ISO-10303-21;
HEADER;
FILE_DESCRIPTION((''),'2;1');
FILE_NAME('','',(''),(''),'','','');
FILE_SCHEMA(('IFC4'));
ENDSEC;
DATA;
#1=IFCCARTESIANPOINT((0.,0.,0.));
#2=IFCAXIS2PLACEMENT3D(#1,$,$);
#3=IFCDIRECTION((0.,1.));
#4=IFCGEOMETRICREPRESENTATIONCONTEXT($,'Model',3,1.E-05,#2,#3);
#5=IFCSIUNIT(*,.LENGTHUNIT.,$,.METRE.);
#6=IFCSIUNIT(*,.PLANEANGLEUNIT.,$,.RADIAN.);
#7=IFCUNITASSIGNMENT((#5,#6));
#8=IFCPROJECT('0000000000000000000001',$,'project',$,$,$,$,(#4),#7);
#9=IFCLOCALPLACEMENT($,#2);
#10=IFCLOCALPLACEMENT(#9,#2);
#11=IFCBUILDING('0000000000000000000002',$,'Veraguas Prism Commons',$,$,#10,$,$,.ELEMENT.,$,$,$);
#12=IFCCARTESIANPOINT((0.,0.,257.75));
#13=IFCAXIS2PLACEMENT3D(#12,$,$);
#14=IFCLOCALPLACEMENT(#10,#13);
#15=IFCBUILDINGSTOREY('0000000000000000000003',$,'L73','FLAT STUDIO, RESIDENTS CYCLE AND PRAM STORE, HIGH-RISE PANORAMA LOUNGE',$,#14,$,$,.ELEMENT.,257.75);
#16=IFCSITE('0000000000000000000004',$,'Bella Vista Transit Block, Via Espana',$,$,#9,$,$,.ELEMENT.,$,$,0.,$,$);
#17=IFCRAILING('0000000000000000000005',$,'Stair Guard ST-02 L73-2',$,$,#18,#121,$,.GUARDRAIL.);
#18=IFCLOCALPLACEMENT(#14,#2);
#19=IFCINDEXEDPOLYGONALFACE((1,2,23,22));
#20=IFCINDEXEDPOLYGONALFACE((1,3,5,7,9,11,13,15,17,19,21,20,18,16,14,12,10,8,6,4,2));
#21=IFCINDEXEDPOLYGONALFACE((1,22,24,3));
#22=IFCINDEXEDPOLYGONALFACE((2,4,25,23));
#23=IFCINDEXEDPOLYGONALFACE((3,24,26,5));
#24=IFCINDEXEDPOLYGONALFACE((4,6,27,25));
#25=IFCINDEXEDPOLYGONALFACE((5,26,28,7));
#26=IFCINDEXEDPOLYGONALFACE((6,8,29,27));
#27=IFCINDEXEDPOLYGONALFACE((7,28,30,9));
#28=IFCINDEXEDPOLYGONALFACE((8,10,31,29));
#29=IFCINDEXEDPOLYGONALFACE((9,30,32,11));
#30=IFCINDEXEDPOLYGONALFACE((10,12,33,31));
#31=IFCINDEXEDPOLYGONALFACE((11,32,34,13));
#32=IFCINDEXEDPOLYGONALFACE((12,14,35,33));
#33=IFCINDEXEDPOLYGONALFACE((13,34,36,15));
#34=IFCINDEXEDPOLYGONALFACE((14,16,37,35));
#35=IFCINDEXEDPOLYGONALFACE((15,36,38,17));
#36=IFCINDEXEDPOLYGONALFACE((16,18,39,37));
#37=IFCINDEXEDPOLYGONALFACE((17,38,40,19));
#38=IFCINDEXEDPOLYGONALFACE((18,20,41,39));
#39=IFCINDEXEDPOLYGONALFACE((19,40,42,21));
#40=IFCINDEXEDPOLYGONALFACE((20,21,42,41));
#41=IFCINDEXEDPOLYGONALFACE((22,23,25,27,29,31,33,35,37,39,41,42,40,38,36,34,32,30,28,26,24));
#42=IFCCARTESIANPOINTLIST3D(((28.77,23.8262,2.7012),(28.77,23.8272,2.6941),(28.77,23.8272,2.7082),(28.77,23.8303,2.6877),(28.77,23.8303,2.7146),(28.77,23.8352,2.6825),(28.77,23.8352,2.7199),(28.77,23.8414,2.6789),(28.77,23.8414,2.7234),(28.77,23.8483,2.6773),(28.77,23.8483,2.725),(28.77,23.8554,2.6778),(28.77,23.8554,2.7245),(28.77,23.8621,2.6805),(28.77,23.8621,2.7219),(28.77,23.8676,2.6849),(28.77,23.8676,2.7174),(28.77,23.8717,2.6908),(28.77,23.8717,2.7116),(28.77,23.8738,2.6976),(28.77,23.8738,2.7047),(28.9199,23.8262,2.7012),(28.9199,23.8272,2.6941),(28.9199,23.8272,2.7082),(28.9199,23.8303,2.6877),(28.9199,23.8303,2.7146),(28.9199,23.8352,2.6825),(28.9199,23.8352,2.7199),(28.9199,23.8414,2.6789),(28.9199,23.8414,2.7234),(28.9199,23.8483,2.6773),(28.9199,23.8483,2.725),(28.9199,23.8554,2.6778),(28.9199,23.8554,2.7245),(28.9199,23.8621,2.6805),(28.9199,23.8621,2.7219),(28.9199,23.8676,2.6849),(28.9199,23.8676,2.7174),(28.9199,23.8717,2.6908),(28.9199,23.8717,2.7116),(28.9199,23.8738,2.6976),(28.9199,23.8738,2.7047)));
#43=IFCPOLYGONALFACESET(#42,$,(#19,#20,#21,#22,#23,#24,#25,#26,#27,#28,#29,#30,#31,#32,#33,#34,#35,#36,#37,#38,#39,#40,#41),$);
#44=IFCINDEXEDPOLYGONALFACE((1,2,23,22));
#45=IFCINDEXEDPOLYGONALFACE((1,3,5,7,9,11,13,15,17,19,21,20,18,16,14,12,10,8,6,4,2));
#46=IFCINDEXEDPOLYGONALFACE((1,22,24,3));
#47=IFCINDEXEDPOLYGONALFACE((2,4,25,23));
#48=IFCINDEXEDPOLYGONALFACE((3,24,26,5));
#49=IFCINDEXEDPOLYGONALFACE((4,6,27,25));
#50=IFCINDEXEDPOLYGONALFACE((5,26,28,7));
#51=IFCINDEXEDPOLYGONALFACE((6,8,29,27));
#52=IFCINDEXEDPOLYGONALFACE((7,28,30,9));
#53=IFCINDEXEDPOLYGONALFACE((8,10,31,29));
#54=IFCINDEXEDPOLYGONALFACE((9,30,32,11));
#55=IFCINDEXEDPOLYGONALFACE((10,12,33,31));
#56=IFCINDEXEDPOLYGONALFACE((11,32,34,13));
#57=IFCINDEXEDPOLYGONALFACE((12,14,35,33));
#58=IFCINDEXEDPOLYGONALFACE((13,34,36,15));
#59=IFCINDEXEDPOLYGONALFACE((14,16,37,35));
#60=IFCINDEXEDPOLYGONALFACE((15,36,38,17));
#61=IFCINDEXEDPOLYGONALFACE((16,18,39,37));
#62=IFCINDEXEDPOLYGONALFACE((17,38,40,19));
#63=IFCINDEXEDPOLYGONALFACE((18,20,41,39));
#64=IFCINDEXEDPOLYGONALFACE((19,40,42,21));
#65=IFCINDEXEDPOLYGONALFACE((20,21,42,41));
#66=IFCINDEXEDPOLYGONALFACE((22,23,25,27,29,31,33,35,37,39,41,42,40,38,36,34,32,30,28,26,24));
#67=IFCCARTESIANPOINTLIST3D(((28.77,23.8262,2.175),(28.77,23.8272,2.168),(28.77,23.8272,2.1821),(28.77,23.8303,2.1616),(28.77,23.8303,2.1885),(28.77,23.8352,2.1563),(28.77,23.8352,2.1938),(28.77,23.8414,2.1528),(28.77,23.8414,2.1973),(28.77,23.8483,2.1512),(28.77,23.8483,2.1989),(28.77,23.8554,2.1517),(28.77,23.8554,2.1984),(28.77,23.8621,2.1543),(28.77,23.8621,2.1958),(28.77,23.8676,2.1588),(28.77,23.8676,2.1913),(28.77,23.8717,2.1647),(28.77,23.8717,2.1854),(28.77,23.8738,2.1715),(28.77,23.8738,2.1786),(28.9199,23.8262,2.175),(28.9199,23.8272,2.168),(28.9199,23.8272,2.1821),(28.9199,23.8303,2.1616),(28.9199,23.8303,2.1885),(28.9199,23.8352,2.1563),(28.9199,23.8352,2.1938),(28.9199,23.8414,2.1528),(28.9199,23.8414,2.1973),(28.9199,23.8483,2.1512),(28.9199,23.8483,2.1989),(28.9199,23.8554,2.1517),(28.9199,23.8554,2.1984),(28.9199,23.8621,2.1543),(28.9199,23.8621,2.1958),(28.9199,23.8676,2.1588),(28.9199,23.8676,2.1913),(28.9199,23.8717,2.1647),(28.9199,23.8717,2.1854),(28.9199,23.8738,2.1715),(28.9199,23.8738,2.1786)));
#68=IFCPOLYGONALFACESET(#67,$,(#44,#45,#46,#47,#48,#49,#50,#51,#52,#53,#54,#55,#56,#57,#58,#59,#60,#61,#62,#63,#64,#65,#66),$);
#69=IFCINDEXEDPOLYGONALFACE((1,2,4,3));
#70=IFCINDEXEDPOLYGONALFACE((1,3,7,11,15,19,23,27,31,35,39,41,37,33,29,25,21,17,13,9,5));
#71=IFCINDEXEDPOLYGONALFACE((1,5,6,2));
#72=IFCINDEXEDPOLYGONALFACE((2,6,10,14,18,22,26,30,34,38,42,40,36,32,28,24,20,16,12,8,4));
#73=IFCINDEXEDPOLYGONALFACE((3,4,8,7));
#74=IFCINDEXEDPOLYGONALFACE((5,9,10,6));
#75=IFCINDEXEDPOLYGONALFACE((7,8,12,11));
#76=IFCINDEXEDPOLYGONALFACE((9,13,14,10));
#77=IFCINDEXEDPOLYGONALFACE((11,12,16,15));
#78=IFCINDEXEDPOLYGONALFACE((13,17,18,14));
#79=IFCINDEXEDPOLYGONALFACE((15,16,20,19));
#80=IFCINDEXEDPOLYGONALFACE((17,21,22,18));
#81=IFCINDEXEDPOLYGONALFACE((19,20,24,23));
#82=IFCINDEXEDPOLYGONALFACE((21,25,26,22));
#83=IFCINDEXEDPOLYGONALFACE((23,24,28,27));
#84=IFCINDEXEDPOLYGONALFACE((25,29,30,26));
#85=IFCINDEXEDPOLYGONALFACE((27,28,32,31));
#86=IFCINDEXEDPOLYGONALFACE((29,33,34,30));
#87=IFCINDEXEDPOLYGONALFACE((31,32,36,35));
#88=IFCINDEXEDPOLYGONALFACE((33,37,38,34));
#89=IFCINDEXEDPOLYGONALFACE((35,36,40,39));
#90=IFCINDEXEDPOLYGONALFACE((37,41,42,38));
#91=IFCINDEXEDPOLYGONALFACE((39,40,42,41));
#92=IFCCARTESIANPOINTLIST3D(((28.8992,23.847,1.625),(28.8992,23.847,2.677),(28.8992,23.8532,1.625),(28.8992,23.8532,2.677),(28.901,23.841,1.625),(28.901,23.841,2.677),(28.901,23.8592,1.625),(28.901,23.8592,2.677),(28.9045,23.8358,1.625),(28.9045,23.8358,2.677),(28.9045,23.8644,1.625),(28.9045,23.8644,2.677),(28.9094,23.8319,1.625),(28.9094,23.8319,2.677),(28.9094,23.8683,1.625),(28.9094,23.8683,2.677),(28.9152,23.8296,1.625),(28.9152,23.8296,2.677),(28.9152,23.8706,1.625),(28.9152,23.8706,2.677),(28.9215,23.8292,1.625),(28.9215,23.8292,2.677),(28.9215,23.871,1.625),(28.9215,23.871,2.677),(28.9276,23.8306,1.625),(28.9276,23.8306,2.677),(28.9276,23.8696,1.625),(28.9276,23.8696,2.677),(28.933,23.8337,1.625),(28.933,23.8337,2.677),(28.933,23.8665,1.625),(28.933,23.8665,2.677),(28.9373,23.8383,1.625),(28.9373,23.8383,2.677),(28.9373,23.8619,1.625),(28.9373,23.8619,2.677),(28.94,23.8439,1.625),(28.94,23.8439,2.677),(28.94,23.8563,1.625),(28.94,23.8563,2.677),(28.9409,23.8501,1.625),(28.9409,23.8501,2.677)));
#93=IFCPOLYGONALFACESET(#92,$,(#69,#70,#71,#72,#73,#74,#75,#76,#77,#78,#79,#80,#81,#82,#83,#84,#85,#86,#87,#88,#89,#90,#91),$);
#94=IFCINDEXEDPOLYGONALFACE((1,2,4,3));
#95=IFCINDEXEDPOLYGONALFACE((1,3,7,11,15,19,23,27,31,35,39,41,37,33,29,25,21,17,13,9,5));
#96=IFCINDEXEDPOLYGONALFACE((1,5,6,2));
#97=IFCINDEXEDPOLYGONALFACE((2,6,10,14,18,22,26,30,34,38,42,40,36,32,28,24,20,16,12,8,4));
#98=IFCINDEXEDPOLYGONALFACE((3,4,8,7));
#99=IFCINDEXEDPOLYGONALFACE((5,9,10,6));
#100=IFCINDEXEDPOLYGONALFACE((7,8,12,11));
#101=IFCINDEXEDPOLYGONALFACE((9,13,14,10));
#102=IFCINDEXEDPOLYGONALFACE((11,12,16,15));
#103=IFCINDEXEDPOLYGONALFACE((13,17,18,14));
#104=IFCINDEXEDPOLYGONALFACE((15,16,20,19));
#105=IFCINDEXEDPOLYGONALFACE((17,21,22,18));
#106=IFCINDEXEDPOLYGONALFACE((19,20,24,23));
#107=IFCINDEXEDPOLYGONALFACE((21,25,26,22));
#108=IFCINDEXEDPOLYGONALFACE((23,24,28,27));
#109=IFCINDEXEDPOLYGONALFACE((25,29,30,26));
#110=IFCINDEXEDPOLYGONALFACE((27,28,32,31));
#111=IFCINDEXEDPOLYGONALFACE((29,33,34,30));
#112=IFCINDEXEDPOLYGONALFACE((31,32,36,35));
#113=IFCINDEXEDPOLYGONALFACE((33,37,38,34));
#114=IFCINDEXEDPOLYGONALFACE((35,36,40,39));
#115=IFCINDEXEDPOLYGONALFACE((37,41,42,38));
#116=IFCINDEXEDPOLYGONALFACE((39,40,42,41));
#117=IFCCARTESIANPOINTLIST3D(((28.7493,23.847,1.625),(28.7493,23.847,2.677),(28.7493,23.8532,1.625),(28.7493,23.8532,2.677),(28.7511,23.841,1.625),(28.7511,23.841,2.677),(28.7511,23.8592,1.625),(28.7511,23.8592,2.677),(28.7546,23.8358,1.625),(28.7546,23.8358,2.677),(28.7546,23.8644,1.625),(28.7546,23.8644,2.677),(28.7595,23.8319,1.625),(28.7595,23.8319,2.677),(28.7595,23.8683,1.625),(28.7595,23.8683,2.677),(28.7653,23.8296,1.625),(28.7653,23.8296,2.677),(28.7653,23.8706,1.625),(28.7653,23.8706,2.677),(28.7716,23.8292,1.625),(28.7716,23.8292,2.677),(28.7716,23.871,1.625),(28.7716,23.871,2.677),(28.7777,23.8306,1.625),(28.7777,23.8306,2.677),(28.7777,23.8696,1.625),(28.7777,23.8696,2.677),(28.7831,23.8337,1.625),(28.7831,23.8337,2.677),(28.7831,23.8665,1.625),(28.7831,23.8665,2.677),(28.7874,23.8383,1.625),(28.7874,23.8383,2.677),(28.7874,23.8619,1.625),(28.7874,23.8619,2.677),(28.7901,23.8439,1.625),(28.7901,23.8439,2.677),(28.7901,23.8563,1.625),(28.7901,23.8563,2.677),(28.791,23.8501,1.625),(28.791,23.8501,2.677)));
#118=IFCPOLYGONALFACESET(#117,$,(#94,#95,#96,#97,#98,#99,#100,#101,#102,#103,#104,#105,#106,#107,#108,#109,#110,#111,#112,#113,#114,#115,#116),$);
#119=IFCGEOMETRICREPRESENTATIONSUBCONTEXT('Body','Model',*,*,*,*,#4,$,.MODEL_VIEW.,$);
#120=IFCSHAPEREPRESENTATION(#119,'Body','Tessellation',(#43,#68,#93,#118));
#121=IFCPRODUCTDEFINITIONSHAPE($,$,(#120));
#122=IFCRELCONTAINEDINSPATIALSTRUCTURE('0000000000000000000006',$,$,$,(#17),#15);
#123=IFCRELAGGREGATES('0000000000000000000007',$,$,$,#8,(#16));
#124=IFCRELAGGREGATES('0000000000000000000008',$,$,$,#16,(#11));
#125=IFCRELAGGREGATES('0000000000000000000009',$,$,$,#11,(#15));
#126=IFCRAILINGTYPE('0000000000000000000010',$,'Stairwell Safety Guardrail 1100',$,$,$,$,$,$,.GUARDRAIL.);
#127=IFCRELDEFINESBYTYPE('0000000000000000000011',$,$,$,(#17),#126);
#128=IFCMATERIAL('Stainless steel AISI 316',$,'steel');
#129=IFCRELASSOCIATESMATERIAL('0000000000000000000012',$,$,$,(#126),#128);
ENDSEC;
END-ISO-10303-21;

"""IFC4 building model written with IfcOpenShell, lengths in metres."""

from ifc_helpers import new_model, si_unit, direction, frame, origin, origin_2d, place, context, subcontext, project, spatial, circle, extrude, material, type_object, element, save


model = new_model("IFC4")

# Units and contexts
model_context = context("Model", 3, precision=1e-05, world=origin(), true_north=direction((0.0, 1.0)))
body_context = subcontext(model_context, "Body", "Model", "MODEL_VIEW")
ifc_project = project(units=[si_unit("LENGTHUNIT", "METRE"), si_unit("PLANEANGLEUNIT", "RADIAN")], contexts=[model_context])

# Site, building, storey
site_placement = place(None, origin())
site = spatial("IfcSite", under=ifc_project, at=site_placement, Name="Bella Vista Transit Block, Via Espana", CompositionType="ELEMENT", RefElevation=0.0)
building_placement = place(site_placement, origin())
building = spatial("IfcBuilding", under=site, at=building_placement, Name="Veraguas Prism Commons", CompositionType="ELEMENT")
storey_placement = place(building_placement, frame((0.0, 0.0, 257.75)))
storey = spatial("IfcBuildingStorey", under=building, at=storey_placement, Name="L73", Description="FLAT STUDIO, RESIDENTS CYCLE AND PRAM STORE, HIGH-RISE PANORAMA LOUNGE", CompositionType="ELEMENT", Elevation=257.75)

# Railing
ifc_material_1 = material(Name="Stainless steel AISI 316", Category="steel")
railing_type_1 = type_object("IfcRailingType", Name="Stairwell Safety Guardrail 1100", PredefinedType="GUARDRAIL", material=ifc_material_1)
railing_1_placement = place(storey_placement, frame((28.9199, 23.8501, 1.625)))
element("IfcRailing", 1, at=railing_1_placement, inside=storey, type_object=railing_type_1, Name="Stair Guard ST-02 L73-2", PredefinedType="GUARDRAIL", context=body_context, shape_type="SweptSolid", body=[
    extrude(circle(Radius=0.0239, at=origin_2d()), frame((0.0, 0.0, 1.0762), z_axis=(-1.0, 0.0, 0.0), x_axis=(0.0, -1.0, 0.0)), (0.0, 0.0, 1.0), 0.1499),
    extrude(circle(Radius=0.0239, at=origin_2d()), frame((0.0, 0.0, 0.55), z_axis=(-1.0, 0.0, 0.0), x_axis=(0.0, -1.0, 0.0)), (0.0, 0.0, 1.0), 0.1499),
    extrude(circle(Radius=0.021, at=origin_2d()), origin(), (0.0, 0.0, 1.0), 1.052),
    extrude(circle(Radius=0.021, at=origin_2d()), frame((-0.1499, 0.0, 0.0)), (0.0, 0.0, 1.0), 1.052),
])

save(model, "model.ifc")
